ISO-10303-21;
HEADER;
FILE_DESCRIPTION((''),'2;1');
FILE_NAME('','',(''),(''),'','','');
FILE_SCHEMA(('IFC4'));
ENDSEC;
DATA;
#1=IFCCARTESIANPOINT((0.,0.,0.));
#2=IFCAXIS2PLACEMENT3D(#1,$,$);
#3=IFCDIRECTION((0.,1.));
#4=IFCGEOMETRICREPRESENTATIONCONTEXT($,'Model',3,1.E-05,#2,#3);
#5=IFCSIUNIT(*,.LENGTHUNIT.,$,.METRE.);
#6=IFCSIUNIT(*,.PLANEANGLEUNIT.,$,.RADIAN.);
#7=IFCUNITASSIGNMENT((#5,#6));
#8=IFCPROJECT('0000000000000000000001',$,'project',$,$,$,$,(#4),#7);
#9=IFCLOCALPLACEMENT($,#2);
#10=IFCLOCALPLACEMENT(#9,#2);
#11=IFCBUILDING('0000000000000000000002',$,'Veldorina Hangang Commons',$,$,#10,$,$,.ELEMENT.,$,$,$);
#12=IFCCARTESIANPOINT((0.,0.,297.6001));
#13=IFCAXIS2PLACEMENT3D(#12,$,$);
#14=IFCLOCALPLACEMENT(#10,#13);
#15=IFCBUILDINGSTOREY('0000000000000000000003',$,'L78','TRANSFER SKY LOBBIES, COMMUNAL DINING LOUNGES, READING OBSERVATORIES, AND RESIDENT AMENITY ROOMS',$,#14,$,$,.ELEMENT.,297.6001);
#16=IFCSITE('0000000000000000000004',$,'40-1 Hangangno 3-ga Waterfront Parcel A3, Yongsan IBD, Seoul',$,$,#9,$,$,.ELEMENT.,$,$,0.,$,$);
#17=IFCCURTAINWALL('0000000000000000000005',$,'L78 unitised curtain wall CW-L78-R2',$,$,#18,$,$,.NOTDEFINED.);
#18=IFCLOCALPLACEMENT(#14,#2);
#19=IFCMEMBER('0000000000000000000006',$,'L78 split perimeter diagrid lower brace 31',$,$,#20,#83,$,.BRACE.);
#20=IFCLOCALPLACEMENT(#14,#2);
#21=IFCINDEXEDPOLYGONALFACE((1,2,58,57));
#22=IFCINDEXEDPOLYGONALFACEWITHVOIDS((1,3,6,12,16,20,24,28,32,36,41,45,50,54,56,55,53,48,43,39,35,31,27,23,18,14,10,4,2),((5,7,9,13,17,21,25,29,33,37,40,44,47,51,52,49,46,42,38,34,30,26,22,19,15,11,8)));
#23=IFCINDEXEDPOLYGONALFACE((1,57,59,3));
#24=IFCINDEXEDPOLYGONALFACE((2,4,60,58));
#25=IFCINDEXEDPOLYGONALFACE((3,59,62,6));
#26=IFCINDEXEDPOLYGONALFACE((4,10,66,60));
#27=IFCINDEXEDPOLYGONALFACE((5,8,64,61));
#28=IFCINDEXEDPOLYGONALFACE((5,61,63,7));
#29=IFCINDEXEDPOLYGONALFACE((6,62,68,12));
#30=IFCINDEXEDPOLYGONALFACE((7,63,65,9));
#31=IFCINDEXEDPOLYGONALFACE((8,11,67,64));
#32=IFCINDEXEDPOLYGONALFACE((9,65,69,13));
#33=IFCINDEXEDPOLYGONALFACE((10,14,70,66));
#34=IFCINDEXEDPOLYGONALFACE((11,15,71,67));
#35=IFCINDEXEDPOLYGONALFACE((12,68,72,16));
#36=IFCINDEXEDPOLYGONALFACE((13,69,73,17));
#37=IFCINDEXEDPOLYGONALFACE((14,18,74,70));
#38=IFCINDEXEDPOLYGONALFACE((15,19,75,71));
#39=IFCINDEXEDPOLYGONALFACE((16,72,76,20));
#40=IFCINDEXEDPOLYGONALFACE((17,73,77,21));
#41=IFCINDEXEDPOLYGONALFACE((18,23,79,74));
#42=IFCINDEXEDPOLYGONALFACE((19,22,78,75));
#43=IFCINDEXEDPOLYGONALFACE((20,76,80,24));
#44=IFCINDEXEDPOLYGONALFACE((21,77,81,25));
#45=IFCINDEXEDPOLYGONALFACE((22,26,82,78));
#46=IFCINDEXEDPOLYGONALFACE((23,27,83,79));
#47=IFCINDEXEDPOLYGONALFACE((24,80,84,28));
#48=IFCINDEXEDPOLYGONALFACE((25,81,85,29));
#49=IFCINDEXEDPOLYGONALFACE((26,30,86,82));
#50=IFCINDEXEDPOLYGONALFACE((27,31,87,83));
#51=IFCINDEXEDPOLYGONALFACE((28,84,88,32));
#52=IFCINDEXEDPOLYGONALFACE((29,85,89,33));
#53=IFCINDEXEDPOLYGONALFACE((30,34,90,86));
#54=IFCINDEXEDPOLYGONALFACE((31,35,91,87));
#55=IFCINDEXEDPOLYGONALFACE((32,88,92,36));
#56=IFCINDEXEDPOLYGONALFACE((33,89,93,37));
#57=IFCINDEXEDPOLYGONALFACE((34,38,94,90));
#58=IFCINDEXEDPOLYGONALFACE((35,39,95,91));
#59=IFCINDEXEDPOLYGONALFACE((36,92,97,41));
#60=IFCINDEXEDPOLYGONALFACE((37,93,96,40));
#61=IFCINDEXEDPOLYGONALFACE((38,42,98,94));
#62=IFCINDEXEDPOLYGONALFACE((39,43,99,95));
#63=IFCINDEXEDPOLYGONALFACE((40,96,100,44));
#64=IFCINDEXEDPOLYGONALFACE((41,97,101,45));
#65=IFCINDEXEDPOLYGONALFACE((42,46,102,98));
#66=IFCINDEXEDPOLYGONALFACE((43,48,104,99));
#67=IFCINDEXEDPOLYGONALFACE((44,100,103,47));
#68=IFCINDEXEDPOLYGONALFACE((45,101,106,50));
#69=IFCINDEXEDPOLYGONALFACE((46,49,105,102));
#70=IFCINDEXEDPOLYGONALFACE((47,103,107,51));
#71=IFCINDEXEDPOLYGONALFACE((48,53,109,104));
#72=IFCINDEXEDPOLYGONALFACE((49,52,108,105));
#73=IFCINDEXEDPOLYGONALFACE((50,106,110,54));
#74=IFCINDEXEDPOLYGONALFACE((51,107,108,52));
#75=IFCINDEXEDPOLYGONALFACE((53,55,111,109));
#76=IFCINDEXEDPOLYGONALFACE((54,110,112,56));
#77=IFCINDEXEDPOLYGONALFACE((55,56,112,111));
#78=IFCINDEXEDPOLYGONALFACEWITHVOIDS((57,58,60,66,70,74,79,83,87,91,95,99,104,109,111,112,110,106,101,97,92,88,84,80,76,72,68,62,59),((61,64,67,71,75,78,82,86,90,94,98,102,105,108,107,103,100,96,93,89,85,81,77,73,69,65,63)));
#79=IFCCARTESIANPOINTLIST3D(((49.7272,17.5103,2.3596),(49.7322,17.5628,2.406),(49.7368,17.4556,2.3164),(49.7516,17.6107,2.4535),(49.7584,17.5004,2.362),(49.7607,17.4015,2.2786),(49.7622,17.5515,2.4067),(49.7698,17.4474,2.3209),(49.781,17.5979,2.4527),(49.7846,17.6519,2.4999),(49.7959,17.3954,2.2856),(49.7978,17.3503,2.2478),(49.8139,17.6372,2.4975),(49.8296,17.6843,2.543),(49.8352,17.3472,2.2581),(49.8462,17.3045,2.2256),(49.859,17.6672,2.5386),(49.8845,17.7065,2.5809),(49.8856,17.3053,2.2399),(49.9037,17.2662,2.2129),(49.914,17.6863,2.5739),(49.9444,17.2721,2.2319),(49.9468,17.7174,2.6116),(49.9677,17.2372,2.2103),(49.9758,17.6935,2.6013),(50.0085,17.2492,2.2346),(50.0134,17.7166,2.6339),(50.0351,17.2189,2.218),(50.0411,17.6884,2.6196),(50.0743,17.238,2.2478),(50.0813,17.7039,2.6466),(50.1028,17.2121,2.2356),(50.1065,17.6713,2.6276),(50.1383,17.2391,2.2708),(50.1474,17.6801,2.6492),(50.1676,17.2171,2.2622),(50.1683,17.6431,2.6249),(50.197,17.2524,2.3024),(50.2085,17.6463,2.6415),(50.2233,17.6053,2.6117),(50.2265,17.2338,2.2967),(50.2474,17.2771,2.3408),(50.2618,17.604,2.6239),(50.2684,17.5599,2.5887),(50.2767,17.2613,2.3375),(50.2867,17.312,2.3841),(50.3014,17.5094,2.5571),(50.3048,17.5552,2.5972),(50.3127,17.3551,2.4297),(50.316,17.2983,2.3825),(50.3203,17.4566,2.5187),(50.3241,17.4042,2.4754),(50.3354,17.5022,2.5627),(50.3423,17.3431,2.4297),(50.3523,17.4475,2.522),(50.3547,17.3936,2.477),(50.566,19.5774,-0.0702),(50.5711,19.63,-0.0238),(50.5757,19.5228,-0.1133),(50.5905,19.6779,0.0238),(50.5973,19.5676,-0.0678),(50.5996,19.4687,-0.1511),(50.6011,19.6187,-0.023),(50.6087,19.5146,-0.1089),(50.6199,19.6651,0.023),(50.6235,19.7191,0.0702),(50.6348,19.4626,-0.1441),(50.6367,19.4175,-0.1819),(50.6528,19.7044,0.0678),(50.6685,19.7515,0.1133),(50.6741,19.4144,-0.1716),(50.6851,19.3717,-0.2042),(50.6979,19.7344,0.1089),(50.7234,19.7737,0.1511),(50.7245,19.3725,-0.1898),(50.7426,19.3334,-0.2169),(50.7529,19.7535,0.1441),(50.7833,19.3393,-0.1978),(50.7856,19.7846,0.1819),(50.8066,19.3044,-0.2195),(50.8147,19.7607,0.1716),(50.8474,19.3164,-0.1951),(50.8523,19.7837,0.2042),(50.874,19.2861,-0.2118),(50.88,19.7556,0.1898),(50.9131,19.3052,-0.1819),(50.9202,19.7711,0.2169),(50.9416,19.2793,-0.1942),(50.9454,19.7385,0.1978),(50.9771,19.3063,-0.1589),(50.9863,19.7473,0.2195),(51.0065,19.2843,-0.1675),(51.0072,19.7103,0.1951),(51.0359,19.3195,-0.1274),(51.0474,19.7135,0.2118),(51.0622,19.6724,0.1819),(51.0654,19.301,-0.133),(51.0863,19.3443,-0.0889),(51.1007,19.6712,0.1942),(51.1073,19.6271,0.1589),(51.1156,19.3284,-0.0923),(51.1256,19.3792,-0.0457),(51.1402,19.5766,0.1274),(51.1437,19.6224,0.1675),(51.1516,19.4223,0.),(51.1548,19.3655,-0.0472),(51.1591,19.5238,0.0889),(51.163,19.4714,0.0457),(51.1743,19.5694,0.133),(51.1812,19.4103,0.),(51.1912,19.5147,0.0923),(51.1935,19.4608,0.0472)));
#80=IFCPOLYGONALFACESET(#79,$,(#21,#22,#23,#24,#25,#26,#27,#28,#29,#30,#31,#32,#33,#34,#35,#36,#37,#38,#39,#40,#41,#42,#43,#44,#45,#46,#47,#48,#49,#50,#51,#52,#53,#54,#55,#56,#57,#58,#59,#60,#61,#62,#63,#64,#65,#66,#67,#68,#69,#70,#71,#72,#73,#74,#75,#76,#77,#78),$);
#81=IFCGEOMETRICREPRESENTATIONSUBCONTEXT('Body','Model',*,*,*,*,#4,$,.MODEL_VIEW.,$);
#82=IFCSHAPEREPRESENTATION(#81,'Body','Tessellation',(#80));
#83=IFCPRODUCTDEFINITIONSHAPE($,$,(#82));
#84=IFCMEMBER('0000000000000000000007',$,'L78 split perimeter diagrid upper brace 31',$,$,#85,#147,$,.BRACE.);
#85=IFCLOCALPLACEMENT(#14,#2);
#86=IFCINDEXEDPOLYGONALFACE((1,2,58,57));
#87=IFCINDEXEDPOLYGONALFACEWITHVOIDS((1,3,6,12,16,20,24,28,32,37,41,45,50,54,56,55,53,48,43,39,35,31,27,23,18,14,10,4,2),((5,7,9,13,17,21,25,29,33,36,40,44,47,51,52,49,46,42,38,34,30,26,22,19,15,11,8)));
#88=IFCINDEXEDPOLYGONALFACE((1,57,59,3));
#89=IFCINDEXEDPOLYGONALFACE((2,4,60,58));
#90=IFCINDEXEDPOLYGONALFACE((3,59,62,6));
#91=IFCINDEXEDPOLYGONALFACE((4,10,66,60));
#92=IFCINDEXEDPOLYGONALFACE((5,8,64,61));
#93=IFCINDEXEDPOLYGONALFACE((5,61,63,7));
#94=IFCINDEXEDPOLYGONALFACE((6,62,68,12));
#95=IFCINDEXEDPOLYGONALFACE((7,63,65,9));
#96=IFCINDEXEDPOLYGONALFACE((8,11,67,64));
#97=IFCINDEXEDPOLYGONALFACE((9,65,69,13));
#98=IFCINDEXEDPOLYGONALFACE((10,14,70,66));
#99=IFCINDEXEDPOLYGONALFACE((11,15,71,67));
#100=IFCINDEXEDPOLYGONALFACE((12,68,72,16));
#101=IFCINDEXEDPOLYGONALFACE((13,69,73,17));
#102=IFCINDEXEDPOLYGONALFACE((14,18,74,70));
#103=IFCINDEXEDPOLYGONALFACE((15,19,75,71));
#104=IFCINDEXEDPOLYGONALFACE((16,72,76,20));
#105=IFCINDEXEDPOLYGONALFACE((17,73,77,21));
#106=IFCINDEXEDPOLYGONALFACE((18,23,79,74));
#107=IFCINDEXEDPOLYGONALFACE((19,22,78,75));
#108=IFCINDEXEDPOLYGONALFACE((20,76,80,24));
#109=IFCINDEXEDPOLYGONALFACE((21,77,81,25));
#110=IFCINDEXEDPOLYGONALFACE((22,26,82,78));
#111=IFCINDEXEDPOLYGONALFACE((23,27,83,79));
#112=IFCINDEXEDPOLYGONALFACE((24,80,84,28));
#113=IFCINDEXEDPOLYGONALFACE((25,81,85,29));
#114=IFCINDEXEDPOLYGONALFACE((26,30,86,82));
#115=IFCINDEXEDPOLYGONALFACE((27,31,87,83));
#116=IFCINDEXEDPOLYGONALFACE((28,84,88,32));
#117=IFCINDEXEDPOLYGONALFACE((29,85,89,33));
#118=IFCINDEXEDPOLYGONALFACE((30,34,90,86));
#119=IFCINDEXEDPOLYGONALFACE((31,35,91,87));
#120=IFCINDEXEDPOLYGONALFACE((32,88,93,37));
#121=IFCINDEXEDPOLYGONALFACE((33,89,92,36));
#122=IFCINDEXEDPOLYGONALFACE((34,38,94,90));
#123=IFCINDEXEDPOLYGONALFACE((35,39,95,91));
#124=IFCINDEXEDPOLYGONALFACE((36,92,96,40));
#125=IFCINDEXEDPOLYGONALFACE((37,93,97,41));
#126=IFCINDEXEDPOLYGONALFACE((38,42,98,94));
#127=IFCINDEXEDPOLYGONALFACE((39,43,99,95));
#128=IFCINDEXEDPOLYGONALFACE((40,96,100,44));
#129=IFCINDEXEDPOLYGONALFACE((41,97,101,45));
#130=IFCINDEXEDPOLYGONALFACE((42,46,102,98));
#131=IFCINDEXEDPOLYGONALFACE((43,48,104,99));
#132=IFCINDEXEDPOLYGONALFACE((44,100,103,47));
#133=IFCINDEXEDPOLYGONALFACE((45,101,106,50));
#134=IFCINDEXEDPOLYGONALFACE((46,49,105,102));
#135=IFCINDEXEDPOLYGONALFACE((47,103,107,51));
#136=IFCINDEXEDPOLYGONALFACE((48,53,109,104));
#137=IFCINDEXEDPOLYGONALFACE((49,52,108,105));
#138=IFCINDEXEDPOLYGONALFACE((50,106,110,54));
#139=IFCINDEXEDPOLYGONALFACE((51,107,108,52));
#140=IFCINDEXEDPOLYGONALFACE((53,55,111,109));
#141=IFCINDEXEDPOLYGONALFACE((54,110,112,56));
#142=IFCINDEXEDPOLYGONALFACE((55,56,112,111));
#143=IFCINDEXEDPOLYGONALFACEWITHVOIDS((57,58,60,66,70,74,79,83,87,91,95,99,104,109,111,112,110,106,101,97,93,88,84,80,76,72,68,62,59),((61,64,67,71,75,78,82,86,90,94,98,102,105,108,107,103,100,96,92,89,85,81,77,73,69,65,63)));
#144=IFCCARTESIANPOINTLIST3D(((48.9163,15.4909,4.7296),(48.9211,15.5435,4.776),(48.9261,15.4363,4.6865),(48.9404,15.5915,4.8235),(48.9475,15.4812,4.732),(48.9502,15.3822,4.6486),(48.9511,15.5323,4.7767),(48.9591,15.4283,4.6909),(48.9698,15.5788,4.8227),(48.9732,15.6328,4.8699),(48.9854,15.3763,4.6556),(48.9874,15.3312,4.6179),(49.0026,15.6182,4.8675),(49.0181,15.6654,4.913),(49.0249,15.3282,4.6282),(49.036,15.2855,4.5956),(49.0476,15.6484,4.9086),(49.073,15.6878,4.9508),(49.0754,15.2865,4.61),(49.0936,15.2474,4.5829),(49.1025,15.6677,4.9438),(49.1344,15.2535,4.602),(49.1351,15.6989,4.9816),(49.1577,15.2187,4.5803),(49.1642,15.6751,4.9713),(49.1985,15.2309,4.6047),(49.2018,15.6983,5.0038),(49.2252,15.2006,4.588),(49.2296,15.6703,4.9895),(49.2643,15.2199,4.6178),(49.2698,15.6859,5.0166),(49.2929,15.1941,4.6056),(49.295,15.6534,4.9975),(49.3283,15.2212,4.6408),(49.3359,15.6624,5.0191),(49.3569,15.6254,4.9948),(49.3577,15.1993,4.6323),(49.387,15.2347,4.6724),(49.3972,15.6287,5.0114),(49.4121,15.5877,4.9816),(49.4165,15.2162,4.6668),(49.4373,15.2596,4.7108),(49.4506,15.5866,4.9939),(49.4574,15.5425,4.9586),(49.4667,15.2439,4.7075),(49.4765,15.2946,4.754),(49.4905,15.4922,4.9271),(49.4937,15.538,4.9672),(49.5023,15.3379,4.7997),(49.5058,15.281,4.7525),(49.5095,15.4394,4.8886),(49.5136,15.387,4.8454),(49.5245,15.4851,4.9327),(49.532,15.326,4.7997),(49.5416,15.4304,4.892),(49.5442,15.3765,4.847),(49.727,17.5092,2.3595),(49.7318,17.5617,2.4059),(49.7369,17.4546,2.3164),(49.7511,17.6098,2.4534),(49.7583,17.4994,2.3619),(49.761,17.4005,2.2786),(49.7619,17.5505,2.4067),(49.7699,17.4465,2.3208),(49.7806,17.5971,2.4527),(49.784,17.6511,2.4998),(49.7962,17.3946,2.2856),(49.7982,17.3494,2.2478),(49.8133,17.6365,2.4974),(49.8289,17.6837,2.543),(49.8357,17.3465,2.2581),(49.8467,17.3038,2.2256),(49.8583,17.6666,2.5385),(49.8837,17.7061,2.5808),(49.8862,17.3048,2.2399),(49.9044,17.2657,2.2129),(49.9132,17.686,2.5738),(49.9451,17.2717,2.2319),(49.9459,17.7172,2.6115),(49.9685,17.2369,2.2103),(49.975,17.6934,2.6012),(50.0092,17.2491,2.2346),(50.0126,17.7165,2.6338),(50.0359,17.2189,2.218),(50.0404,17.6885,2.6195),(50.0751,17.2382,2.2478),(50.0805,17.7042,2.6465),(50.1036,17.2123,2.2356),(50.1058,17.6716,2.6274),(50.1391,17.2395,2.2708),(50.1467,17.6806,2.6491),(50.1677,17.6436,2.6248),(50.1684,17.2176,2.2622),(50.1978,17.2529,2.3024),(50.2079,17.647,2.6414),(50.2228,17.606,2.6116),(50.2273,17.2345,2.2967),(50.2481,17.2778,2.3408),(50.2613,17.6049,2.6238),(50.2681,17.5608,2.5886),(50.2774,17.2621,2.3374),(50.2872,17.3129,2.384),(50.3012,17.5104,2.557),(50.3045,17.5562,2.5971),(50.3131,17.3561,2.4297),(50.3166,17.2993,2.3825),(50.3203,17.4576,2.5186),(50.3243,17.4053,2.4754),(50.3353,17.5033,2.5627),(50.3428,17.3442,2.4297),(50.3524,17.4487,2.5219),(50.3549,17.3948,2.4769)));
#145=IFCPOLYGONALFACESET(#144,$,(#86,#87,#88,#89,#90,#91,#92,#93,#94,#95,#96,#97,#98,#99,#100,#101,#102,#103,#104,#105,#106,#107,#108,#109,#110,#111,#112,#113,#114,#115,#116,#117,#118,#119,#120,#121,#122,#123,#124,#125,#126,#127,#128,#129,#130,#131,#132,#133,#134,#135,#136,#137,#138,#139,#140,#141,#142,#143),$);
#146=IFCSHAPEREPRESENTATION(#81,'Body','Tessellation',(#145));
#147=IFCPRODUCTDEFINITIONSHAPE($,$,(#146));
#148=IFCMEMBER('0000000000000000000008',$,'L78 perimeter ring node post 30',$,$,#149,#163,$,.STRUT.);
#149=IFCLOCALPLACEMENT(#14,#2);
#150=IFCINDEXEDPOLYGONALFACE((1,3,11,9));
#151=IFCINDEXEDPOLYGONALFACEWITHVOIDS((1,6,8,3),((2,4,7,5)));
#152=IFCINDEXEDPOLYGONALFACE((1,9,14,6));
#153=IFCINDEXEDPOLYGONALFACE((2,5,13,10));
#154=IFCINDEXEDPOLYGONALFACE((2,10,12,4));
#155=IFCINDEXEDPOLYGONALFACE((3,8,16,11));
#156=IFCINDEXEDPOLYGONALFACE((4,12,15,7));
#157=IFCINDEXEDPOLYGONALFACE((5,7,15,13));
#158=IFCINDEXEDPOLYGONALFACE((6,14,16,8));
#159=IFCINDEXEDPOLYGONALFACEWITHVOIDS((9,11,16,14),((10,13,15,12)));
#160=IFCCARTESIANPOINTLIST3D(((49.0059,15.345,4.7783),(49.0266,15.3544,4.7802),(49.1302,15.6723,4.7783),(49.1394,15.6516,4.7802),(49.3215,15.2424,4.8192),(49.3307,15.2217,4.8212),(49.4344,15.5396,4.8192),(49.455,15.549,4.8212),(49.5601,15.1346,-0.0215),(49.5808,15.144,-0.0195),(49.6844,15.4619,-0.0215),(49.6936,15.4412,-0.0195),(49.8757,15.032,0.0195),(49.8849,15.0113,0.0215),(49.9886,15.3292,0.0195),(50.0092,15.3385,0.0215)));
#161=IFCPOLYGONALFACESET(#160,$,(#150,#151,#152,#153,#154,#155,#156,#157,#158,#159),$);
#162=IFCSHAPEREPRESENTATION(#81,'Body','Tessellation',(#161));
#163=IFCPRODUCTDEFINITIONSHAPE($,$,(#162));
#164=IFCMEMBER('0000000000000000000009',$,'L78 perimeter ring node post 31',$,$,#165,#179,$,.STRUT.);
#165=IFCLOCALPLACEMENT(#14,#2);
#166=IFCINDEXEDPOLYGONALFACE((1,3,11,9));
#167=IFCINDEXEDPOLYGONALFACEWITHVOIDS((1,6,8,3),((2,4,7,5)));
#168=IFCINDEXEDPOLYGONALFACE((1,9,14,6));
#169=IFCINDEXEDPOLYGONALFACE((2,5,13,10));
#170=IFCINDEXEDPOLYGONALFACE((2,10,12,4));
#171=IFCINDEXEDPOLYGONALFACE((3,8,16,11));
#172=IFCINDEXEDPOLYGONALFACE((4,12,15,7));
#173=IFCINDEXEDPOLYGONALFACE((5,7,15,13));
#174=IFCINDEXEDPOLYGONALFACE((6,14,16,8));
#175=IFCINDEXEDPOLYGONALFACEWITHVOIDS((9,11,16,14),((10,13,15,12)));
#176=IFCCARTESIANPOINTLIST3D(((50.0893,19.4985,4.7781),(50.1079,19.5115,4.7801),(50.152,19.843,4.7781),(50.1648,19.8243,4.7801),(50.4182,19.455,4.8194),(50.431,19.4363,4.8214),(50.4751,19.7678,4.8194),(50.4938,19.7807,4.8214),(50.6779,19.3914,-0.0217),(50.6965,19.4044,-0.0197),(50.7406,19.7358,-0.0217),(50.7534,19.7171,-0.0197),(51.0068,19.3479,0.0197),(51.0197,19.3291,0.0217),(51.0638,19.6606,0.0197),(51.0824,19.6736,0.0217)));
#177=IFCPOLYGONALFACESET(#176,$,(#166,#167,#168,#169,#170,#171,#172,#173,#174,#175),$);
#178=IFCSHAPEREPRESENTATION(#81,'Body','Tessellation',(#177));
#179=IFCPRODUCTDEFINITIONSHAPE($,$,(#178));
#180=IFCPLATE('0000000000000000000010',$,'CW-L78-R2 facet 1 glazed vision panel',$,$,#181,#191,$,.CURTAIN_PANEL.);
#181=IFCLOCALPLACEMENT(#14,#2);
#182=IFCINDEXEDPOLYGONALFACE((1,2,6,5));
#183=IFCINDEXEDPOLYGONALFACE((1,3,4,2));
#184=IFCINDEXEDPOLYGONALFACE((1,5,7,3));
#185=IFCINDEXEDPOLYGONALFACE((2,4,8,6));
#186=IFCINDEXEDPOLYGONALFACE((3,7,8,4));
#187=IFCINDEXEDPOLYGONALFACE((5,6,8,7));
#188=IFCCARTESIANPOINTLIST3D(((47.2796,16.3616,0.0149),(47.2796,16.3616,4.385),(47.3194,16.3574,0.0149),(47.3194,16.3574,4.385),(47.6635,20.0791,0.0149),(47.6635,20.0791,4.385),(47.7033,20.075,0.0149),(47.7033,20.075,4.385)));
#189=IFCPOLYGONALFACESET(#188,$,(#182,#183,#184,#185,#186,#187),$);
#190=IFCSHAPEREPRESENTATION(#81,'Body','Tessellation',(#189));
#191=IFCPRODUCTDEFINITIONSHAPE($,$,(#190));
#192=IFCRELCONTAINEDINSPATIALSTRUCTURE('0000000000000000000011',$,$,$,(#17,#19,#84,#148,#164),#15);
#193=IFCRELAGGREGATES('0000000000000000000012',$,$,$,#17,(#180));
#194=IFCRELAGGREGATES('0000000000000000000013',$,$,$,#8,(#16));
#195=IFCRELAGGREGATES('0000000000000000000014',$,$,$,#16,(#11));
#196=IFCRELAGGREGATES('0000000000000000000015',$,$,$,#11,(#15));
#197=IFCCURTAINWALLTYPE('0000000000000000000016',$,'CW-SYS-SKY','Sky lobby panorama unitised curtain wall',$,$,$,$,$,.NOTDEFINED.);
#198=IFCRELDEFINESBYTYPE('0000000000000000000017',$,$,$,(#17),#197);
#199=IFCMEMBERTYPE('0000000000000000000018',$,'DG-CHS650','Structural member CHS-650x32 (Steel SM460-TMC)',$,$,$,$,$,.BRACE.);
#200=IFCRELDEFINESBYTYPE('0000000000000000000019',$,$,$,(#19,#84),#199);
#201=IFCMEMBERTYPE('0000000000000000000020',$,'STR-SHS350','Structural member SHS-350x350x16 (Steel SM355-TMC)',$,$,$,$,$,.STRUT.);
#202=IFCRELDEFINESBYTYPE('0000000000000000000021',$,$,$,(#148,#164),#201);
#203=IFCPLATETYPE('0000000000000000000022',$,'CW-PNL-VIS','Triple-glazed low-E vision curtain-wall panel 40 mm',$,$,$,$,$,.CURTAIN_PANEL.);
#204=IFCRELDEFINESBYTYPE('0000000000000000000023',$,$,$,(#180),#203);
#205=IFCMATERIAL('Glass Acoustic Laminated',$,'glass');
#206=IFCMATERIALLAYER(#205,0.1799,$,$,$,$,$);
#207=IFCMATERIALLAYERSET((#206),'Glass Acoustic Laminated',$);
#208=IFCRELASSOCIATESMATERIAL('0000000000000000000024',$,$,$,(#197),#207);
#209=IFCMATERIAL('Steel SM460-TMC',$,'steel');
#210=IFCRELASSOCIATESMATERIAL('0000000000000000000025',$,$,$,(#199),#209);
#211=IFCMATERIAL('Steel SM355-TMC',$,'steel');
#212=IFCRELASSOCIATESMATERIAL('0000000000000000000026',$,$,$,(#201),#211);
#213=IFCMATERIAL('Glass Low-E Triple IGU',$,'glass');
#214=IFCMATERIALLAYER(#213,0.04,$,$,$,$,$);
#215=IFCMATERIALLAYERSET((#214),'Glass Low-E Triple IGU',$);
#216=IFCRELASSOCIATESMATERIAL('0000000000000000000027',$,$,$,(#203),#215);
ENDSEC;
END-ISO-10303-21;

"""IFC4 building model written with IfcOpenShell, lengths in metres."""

from ifc_helpers import new_model, si_unit, direction, frame, origin, origin_2d, place, context, subcontext, project, spatial, rectangle, hollow_rectangle, hollow_circle, extrude, material, layer, layer_set, material_profile, profile_set, type_object, element, aggregate, save


model = new_model("IFC4")

# Units and contexts
model_context = context("Model", 3, precision=1e-05, world=origin(), true_north=direction((0.0, 1.0)))
body_context = subcontext(model_context, "Body", "Model", "MODEL_VIEW")
ifc_project = project(units=[si_unit("LENGTHUNIT", "METRE"), si_unit("PLANEANGLEUNIT", "RADIAN")], contexts=[model_context])

# Site, building, storey
site_placement = place(None, origin())
site = spatial("IfcSite", under=ifc_project, at=site_placement, Name="40-1 Hangangno 3-ga Waterfront Parcel A3, Yongsan IBD, Seoul", CompositionType="ELEMENT", RefElevation=0.0)
building_placement = place(site_placement, origin())
building = spatial("IfcBuilding", under=site, at=building_placement, Name="Veldorina Hangang Commons", CompositionType="ELEMENT")
storey_placement = place(building_placement, frame((0.0, 0.0, 297.6001)))
storey = spatial("IfcBuildingStorey", under=building, at=storey_placement, Name="L78", Description="TRANSFER SKY LOBBIES, COMMUNAL DINING LOUNGES, READING OBSERVATORIES, AND RESIDENT AMENITY ROOMS", CompositionType="ELEMENT", Elevation=297.6001)

# Shared definitions
ifc_material_1 = material(Name="Steel SM460-TMC", Category="steel")

# Curtain wall
ifc_material_2 = material(Name="Glass Acoustic Laminated", Category="glass")
ifc_layer_1 = layer(ifc_material_2, 0.1799)
ifc_layer_set_1 = layer_set([ifc_layer_1], Name="Glass Acoustic Laminated")
curtain_wall_type = type_object("IfcCurtainWallType", Name="CW-SYS-SKY", Description="Sky lobby panorama unitised curtain wall", PredefinedType="NOTDEFINED", material=ifc_layer_set_1)
curtain_wall_placement = place(storey_placement, origin())
curtain_wall = element("IfcCurtainWall", 1, at=curtain_wall_placement, inside=storey, type_object=curtain_wall_type, Name="L78 unitised curtain wall CW-L78-R2", PredefinedType="NOTDEFINED")

# Members
ifc_material_profile_1 = material_profile(ifc_material_1, hollow_circle(Radius=0.325, WallThickness=0.032, at=origin_2d()), Name="CHS-650x32")
ifc_profile_set_1 = profile_set([ifc_material_profile_1], Name="Steel SM460-TMC")
member_type_1 = type_object("IfcMemberType", Name="DG-CHS650", Description="Structural member CHS-650x32 (Steel SM460-TMC)", PredefinedType="BRACE", material=ifc_profile_set_1)
member_1_placement = place(storey_placement, frame((50.8801, 19.5325, 0.0), z_axis=(-0.254317, -0.626689, 0.736602), x_axis=(0.926608, -0.376028, 0.0)))
element("IfcMember", 2, at=member_1_placement, inside=storey, type_object=member_type_1, Name="L78 split perimeter diagrid lower brace 31", PredefinedType="BRACE", context=body_context, shape_type="SweptSolid", body=[
    extrude(hollow_circle(Radius=0.325, WallThickness=0.032, at=origin_2d()), origin(), (0.0, 0.0, 1.0), 3.2986),
])
member_2_placement = place(storey_placement, frame((50.0413, 17.4653, 2.4297), z_axis=(-0.252041, -0.627409, 0.736772), x_axis=(0.927926, -0.372764, 0.0)))
element("IfcMember", 3, at=member_2_placement, inside=storey, type_object=member_type_1, Name="L78 split perimeter diagrid upper brace 31", PredefinedType="BRACE", context=body_context, shape_type="SweptSolid", body=[
    extrude(hollow_circle(Radius=0.325, WallThickness=0.032, at=origin_2d()), origin(), (0.0, 0.0, 1.0), 3.2168),
])
ifc_material_3 = material(Name="Steel SM355-TMC", Category="steel")
ifc_material_profile_2 = material_profile(ifc_material_3, hollow_rectangle(XDim=0.3501, YDim=0.3501, WallThickness=0.0161, at=origin_2d()), Name="SHS-350x350x16")
ifc_profile_set_2 = profile_set([ifc_material_profile_2], Name="Steel SM355-TMC")
member_type_2 = type_object("IfcMemberType", Name="STR-SHS350", Description="Structural member SHS-350x350x16 (Steel SM355-TMC)", PredefinedType="STRUT", material=ifc_profile_set_2)
member_3_placement = place(storey_placement, frame((49.7847, 15.2366, 0.0), z_axis=(-0.114592, 0.043515, 0.992459), x_axis=(-0.355002, -0.934866, 0.0)))
element("IfcMember", 4, at=member_3_placement, inside=storey, type_object=member_type_2, Name="L78 perimeter ring node post 30", PredefinedType="STRUT", context=body_context, shape_type="SweptSolid", body=[
    extrude(hollow_rectangle(XDim=0.3501, YDim=0.3501, WallThickness=0.0161, at=origin_2d()), origin(), (0.0, 0.0, 1.0), 4.8362),
])
member_4_placement = place(storey_placement, frame((50.8801, 19.5325, 0.0), z_axis=(-0.121693, 0.022158, 0.99232), x_axis=(-0.179137, -0.983824, 0.0)))
element("IfcMember", 5, at=member_4_placement, inside=storey, type_object=member_type_2, Name="L78 perimeter ring node post 31", PredefinedType="STRUT", context=body_context, shape_type="SweptSolid", body=[
    extrude(hollow_rectangle(XDim=0.3501, YDim=0.3501, WallThickness=0.0161, at=origin_2d()), origin(), (0.0, 0.0, 1.0), 4.8369),
])

# Plate
ifc_material_4 = material(Name="Glass Low-E Triple IGU", Category="glass")
ifc_layer_2 = layer(ifc_material_4, 0.04)
ifc_layer_set_2 = layer_set([ifc_layer_2], Name="Glass Low-E Triple IGU")
plate_type_1 = type_object("IfcPlateType", Name="CW-PNL-VIS", Description="Triple-glazed low-E vision curtain-wall panel 40 mm", PredefinedType="CURTAIN_PANEL", material=ifc_layer_set_2)
plate_1_placement = place(storey_placement, frame((47.4915, 18.2183, 0.0149), z_axis=(0.0, 0.0, 1.0), x_axis=(0.102723, 0.99471, 0.0)))
plate_1 = element("IfcPlate", 6, at=plate_1_placement, type_object=plate_type_1, Name="CW-L78-R2 facet 1 glazed vision panel", PredefinedType="CURTAIN_PANEL", context=body_context, shape_type="SweptSolid", body=[
    extrude(rectangle(XDim=3.7373, YDim=0.04, at=origin_2d()), origin(), (0.0, 0.0, 1.0), 4.3701),
])
aggregate(curtain_wall, [plate_1])

save(model, "model.ifc")
